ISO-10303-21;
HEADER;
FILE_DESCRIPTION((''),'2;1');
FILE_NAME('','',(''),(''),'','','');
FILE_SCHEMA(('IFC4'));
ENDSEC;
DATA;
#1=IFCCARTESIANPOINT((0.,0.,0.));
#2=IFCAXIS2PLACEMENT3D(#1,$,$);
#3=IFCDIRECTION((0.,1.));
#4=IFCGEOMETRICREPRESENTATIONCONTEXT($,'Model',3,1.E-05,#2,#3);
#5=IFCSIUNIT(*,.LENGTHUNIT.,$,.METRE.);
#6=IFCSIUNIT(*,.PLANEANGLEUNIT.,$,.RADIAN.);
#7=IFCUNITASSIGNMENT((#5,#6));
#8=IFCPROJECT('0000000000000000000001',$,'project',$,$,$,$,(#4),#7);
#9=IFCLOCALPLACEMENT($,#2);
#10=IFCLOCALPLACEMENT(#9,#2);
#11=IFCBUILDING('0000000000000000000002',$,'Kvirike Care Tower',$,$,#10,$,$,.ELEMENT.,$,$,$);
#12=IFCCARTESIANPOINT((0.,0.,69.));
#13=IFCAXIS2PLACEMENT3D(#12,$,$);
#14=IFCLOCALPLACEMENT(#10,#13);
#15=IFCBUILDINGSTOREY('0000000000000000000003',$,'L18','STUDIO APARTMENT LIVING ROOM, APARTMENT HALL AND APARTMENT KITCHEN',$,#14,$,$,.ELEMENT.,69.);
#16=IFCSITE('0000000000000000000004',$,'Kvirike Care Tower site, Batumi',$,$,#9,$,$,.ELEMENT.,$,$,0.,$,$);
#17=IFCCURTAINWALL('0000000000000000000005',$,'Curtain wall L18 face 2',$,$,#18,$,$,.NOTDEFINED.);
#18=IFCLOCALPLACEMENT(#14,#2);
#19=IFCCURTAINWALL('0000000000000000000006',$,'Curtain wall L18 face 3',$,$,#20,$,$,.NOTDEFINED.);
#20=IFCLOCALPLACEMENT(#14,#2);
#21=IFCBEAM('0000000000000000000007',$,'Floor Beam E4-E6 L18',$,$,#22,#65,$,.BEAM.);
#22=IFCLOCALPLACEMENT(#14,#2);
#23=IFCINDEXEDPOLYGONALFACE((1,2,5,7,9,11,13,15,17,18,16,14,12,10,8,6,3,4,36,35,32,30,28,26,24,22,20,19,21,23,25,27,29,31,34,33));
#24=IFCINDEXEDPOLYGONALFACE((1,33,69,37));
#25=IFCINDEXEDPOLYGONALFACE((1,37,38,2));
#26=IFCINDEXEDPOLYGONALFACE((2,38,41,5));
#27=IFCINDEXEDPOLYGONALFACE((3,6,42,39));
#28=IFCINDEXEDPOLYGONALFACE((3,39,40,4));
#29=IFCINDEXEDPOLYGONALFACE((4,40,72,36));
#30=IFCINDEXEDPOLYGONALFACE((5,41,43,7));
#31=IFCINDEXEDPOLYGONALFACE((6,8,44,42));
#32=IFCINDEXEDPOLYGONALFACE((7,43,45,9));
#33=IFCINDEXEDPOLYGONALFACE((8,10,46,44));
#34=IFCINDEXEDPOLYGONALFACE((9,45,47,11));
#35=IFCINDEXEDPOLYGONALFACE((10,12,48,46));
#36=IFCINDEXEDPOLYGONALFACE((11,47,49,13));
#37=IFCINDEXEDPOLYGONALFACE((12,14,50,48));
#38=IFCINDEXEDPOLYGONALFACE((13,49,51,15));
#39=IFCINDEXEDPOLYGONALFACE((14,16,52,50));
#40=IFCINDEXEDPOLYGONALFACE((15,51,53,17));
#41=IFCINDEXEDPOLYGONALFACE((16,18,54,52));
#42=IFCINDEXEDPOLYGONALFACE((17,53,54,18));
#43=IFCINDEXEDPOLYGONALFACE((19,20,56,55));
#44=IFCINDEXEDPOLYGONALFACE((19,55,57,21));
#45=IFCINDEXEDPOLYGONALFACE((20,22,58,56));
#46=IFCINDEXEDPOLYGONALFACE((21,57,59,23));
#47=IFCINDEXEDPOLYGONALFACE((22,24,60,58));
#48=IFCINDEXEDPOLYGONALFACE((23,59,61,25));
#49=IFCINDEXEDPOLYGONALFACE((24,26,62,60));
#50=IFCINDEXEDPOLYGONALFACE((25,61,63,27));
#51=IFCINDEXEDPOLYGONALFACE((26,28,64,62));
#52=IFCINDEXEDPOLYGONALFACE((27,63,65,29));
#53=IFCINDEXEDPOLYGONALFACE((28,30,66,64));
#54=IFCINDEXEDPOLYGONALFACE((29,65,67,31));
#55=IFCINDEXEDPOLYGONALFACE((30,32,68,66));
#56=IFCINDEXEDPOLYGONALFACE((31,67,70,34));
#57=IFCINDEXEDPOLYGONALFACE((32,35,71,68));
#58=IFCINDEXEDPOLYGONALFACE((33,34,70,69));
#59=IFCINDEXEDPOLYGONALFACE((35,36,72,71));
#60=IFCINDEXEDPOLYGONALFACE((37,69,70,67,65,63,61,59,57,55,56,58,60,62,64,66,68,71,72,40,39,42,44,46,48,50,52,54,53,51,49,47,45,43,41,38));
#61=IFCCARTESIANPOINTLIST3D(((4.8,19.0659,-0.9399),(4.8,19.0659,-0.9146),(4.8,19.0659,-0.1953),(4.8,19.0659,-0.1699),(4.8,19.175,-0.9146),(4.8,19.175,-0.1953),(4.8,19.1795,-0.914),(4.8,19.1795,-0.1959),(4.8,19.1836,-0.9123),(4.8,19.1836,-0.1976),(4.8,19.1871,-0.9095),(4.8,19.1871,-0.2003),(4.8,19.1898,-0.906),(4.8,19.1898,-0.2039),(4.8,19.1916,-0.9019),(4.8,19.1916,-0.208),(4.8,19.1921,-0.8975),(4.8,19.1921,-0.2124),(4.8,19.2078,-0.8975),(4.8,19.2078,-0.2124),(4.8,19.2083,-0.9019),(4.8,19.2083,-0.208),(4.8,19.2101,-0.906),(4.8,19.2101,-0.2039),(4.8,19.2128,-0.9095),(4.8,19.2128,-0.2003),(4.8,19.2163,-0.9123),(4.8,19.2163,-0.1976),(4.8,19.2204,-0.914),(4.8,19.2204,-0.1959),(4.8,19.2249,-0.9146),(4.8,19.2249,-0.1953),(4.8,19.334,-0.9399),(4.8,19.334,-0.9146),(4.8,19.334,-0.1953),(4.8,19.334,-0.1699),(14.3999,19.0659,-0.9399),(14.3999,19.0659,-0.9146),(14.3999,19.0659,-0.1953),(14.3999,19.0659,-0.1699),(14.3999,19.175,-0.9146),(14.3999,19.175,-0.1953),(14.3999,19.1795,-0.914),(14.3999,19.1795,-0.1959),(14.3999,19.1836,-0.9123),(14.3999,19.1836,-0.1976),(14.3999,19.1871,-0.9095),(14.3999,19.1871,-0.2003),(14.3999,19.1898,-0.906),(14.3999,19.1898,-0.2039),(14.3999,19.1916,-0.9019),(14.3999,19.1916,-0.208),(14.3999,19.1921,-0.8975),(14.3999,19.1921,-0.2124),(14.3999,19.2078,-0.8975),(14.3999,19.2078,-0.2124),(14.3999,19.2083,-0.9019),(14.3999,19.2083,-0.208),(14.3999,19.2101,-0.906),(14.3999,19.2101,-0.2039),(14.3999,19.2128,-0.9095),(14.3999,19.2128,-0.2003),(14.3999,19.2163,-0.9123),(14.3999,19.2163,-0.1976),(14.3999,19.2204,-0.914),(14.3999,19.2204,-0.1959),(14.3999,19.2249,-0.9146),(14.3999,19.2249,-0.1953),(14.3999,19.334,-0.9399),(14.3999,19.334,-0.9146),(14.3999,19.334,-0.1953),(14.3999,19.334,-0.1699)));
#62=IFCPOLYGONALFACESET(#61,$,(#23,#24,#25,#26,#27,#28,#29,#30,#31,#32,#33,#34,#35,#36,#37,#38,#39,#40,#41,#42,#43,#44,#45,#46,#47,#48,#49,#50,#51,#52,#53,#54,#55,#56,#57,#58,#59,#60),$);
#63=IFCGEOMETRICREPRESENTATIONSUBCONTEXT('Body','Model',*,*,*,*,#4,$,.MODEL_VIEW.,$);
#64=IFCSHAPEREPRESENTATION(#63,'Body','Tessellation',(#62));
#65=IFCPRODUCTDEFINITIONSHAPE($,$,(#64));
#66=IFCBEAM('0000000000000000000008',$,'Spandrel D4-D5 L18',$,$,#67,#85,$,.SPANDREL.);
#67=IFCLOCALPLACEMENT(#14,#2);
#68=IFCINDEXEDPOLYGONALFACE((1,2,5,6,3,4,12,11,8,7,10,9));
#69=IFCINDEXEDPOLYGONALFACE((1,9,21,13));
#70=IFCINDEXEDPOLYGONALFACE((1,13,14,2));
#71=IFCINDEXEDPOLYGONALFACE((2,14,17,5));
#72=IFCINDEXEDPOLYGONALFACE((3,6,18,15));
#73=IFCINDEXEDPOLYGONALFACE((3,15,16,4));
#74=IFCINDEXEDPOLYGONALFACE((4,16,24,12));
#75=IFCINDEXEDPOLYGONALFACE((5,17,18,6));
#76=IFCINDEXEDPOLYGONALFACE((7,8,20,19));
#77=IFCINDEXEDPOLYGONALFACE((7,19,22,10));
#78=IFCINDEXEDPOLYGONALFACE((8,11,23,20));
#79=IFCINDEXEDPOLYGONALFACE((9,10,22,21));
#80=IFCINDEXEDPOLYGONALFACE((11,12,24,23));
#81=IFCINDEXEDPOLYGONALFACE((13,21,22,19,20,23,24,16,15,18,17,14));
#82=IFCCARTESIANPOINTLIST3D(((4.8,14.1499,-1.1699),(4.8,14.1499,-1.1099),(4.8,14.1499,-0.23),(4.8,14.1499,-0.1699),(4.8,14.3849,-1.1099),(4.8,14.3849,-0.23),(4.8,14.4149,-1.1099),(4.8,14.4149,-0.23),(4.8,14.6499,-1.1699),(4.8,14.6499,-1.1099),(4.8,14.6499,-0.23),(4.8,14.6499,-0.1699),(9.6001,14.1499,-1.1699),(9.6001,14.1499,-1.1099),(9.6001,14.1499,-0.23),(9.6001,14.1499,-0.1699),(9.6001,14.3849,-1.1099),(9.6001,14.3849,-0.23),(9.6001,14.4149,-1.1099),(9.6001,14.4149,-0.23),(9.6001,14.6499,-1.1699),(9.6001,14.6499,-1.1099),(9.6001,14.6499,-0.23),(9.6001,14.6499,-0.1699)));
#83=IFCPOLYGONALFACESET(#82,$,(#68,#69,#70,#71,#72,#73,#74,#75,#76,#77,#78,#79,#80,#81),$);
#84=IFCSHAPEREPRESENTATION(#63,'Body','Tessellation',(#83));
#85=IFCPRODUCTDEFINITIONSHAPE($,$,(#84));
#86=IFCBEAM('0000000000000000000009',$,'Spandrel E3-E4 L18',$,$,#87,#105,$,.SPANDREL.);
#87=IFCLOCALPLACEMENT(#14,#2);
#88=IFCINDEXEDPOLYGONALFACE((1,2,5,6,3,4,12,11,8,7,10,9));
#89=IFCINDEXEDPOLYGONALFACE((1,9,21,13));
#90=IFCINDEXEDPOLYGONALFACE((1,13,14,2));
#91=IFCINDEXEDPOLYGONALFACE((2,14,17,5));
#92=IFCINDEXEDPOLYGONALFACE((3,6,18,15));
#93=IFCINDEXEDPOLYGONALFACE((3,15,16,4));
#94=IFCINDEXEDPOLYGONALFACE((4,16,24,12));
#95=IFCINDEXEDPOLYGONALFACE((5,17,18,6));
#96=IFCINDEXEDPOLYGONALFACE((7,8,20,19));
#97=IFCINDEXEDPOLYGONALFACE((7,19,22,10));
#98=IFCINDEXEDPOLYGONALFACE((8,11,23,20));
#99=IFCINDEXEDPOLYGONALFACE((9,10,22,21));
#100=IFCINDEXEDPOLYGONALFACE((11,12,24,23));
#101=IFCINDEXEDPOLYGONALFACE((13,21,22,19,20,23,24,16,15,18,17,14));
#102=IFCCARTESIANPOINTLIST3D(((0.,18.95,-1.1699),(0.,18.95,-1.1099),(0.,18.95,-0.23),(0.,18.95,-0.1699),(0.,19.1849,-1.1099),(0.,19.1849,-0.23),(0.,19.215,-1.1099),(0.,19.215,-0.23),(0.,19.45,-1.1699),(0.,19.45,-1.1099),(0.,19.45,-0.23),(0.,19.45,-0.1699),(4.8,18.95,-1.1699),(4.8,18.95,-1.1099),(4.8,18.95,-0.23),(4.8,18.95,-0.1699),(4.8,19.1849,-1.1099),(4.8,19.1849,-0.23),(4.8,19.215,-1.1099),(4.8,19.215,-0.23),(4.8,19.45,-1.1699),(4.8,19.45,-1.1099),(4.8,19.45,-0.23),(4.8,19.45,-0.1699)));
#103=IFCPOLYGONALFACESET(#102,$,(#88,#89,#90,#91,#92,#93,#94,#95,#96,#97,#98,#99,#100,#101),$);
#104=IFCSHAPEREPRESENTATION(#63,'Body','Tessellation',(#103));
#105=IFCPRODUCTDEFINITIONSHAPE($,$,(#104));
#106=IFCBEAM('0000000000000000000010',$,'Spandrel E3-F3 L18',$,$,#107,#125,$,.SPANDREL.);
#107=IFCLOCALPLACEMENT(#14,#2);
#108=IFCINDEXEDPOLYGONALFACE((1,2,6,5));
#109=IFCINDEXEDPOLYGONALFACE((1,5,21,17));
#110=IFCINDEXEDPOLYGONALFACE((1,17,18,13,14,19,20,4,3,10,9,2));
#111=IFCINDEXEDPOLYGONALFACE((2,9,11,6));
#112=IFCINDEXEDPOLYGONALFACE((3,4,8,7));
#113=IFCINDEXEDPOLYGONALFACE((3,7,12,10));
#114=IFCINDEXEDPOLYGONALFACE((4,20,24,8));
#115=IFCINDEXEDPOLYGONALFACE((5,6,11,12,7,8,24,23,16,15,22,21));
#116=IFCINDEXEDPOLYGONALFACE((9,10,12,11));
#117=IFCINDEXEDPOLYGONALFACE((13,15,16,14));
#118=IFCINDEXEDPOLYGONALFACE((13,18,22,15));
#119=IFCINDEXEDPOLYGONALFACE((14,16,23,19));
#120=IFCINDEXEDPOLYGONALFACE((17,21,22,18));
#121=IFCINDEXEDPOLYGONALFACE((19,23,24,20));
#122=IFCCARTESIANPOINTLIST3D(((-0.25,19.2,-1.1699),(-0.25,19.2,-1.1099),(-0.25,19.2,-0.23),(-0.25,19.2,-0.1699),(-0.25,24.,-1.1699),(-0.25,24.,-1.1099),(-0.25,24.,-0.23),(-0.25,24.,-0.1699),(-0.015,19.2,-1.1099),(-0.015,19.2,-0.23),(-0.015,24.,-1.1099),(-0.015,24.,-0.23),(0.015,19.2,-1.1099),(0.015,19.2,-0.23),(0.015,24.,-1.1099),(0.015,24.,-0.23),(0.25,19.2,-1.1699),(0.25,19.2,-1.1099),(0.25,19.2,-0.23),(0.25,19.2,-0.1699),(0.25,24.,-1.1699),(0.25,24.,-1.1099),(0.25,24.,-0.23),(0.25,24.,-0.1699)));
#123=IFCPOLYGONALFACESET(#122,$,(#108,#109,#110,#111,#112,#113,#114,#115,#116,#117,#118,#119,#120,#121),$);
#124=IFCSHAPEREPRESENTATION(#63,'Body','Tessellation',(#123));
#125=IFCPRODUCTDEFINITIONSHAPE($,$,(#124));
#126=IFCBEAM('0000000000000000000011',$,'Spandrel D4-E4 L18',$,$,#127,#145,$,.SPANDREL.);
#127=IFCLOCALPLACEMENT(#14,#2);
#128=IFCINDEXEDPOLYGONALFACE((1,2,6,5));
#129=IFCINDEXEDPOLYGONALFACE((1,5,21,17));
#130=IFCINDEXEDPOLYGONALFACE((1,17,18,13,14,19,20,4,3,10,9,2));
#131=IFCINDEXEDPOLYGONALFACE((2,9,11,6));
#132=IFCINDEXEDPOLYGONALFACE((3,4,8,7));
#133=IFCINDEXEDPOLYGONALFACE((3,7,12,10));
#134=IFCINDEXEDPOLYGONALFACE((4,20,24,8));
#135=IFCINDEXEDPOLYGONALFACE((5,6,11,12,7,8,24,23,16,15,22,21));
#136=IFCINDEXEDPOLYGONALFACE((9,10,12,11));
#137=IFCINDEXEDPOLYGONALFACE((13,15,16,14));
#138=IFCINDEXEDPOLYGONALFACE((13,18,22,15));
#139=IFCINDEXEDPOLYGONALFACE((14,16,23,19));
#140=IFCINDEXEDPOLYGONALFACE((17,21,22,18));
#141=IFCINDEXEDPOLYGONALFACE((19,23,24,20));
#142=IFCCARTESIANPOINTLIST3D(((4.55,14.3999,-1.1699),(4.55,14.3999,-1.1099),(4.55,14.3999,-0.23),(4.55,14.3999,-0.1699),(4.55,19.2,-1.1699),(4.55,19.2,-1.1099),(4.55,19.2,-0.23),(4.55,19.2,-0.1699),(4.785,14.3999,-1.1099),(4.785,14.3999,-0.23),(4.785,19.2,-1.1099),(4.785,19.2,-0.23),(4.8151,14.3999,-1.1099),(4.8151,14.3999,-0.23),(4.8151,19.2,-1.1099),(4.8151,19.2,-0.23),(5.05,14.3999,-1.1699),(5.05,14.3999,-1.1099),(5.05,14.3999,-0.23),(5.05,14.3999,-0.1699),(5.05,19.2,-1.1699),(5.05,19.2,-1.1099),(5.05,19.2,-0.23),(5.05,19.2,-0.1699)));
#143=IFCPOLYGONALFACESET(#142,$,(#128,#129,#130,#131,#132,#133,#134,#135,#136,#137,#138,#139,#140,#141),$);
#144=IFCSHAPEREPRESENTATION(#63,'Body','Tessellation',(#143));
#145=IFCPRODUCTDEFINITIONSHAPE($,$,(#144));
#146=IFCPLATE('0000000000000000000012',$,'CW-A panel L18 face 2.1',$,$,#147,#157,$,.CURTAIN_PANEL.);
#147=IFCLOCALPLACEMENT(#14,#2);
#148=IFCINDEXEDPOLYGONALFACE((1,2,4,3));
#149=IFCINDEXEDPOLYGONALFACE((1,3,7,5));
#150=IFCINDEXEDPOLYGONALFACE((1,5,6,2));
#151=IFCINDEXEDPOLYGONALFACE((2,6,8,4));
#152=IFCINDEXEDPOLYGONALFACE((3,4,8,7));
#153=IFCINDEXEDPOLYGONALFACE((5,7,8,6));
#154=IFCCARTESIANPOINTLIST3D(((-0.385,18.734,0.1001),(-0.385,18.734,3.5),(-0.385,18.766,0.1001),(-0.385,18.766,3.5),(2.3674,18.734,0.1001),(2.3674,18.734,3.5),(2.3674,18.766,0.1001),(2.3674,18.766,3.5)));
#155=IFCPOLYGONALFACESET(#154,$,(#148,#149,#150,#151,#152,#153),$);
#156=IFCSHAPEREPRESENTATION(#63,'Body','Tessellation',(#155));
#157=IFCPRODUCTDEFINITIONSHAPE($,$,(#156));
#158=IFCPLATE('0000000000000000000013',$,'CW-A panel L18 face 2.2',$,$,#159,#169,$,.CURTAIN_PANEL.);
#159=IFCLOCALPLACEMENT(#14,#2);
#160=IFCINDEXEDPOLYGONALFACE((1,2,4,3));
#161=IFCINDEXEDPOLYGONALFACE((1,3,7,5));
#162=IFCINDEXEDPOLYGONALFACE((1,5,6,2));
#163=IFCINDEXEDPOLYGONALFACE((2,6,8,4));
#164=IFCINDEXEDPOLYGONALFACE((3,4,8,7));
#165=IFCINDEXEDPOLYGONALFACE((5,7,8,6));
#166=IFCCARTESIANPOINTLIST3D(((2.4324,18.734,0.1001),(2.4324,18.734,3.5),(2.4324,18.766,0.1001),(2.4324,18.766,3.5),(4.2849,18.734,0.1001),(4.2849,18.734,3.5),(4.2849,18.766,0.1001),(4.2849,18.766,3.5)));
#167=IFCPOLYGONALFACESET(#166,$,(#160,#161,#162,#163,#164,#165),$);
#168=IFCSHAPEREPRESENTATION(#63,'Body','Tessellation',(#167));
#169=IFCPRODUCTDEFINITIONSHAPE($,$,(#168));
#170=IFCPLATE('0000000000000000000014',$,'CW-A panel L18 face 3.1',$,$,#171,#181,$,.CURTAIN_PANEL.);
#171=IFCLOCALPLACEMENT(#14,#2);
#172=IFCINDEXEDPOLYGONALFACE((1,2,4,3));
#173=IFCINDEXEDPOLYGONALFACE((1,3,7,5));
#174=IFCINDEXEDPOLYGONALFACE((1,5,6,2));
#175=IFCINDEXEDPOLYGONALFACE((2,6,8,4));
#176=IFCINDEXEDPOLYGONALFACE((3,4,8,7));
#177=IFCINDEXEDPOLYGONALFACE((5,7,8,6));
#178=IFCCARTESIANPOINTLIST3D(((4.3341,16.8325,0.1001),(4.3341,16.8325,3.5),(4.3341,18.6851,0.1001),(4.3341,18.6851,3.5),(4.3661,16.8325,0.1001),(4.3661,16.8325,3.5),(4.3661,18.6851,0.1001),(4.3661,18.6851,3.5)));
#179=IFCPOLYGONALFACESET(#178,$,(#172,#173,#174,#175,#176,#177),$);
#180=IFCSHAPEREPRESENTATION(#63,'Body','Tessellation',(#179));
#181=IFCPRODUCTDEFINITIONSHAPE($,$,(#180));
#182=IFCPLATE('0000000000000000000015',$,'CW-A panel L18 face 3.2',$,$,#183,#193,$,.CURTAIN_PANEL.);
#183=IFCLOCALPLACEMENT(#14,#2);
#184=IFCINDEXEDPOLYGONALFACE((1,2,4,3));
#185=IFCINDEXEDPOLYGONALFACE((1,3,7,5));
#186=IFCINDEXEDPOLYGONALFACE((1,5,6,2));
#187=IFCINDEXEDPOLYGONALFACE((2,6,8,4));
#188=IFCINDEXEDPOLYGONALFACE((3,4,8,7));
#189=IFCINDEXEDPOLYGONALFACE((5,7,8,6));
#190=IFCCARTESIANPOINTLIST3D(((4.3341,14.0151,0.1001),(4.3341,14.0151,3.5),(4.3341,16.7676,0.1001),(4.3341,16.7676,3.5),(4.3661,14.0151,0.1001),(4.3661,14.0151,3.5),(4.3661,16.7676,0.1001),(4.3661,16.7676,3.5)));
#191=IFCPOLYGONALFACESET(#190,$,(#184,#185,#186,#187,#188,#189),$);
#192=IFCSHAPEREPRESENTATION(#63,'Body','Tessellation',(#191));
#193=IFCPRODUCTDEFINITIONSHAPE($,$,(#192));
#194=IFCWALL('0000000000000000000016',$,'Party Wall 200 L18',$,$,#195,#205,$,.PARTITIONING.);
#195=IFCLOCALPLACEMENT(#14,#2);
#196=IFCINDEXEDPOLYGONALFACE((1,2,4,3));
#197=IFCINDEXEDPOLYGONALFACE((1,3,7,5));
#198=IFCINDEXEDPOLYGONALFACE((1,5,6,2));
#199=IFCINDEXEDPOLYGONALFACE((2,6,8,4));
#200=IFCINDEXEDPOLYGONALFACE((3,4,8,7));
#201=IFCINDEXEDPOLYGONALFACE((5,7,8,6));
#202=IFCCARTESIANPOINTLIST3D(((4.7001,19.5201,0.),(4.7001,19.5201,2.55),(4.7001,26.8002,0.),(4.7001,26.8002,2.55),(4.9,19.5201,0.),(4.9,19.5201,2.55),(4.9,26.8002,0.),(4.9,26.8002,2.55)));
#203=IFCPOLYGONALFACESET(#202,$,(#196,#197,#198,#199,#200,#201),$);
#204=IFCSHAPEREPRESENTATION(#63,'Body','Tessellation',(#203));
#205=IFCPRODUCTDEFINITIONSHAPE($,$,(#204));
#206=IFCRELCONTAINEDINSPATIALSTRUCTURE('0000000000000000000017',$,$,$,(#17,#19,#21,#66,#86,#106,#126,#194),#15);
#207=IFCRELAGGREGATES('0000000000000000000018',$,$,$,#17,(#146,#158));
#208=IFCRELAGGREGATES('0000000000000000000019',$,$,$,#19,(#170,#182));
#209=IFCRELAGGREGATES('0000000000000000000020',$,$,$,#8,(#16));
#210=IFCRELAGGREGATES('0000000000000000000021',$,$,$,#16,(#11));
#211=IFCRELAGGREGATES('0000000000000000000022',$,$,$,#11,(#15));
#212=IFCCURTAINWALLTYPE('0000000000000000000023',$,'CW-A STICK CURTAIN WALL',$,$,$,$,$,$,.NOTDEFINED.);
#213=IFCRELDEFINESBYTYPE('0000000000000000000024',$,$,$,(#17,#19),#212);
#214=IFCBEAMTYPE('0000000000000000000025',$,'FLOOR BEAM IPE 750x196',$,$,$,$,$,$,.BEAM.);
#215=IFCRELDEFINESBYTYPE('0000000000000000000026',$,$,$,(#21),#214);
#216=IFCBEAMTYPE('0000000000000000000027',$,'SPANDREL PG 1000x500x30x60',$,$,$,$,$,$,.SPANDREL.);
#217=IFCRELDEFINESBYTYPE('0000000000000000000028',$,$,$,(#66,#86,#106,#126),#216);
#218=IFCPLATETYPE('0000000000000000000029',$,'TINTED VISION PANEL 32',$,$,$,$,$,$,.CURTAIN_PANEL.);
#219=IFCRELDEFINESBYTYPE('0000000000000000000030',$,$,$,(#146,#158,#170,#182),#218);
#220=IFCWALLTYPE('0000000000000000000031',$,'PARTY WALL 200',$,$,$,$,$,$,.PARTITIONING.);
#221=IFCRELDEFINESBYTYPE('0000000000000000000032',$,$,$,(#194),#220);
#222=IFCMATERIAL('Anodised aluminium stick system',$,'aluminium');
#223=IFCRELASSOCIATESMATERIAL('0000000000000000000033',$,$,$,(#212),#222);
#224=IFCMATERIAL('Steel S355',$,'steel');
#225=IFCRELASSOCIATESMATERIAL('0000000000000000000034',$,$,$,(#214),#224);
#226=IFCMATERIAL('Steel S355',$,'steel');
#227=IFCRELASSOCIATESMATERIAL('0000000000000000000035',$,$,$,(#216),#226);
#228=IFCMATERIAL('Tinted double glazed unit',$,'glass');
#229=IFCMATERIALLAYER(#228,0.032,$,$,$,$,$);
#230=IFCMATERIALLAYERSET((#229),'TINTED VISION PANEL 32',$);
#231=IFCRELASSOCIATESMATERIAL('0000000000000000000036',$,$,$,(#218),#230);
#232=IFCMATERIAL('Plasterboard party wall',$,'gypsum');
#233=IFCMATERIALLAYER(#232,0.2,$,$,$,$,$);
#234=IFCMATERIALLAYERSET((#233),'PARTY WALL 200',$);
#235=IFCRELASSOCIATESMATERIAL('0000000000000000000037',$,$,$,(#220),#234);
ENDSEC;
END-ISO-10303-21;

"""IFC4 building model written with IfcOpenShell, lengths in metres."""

from ifc_helpers import new_model, si_unit, direction, frame, frame_2d, origin, origin_2d, place, context, subcontext, project, spatial, rectangle, i_section, extrude, material, layer, layer_set, material_profile, profile_set, type_object, element, aggregate, save


model = new_model("IFC4")

# Units and contexts
model_context = context("Model", 3, precision=1e-05, world=origin(), true_north=direction((0.0, 1.0)))
body_context = subcontext(model_context, "Body", "Model", "MODEL_VIEW")
ifc_project = project(units=[si_unit("LENGTHUNIT", "METRE"), si_unit("PLANEANGLEUNIT", "RADIAN")], contexts=[model_context])

# Site, building, storey
site_placement = place(None, origin())
site = spatial("IfcSite", under=ifc_project, at=site_placement, Name="Kvirike Care Tower site, Batumi", CompositionType="ELEMENT", RefElevation=0.0)
building_placement = place(site_placement, origin())
building = spatial("IfcBuilding", under=site, at=building_placement, Name="Kvirike Care Tower", CompositionType="ELEMENT")
storey_placement = place(building_placement, frame((0.0, 0.0, 69.0)))
storey = spatial("IfcBuildingStorey", under=building, at=storey_placement, Name="L18", Description="STUDIO APARTMENT LIVING ROOM, APARTMENT HALL AND APARTMENT KITCHEN", CompositionType="ELEMENT", Elevation=69.0)

# Shared definitions
ifc_material_1 = material(Name="Anodised aluminium stick system", Category="aluminium")
curtain_wall_type = type_object("IfcCurtainWallType", Name="CW-A STICK CURTAIN WALL", PredefinedType="NOTDEFINED", material=ifc_material_1)

# Curtain walls
curtain_wall_1_placement = place(storey_placement, origin())
curtain_wall_1 = element("IfcCurtainWall", 1, at=curtain_wall_1_placement, inside=storey, type_object=curtain_wall_type, Name="Curtain wall L18 face 2", PredefinedType="NOTDEFINED")
curtain_wall_2_placement = place(storey_placement, origin())
curtain_wall_2 = element("IfcCurtainWall", 2, at=curtain_wall_2_placement, inside=storey, type_object=curtain_wall_type, Name="Curtain wall L18 face 3", PredefinedType="NOTDEFINED")

# Beams
ifc_material_2 = material(Name="Steel S355", Category="steel")
ifc_material_profile_1 = material_profile(ifc_material_2, i_section(OverallWidth=0.2681, OverallDepth=0.77, WebThickness=0.0156, FlangeThickness=0.0254, FilletRadius=0.0171, at=origin_2d()), Name="IPE 750x196")
ifc_profile_set_1 = profile_set([ifc_material_profile_1], Name="Steel S355")
beam_type_1 = type_object("IfcBeamType", Name="FLOOR BEAM IPE 750x196", PredefinedType="BEAM", material=ifc_profile_set_1)
beam_placement = place(storey_placement, frame((4.8, 19.2, -0.5549), z_axis=(1.0, 0.0, 0.0), x_axis=(0.0, 1.0, 0.0)))
element("IfcBeam", 3, at=beam_placement, inside=storey, type_object=beam_type_1, Name="Floor Beam E4-E6 L18", PredefinedType="BEAM", context=body_context, shape_type="SweptSolid", body=[
    extrude(i_section(OverallWidth=0.2681, OverallDepth=0.77, WebThickness=0.0156, FlangeThickness=0.0254, FilletRadius=0.0171, at=origin_2d()), origin(), (0.0, 0.0, 1.0), 9.5999),
])
ifc_material_3 = material(Name="Steel S355", Category="steel")
ifc_material_profile_2 = material_profile(ifc_material_3, i_section(OverallWidth=0.5, OverallDepth=1.0, WebThickness=0.03, FlangeThickness=0.0601, at=origin_2d()), Name="PG 1000x500x30x60")
ifc_profile_set_2 = profile_set([ifc_material_profile_2], Name="Steel S355")
beam_type_2 = type_object("IfcBeamType", Name="SPANDREL PG 1000x500x30x60", PredefinedType="SPANDREL", material=ifc_profile_set_2)
for number, where, z_axis, x_axis, name in (
    (4, (4.8, 14.3999, -0.6699), (1.0, 0.0, 0.0), (0.0, 1.0, 0.0), "Spandrel D4-D5 L18"),
    (5, (0.0, 19.2, -0.6699), (1.0, 0.0, 0.0), (0.0, 1.0, 0.0), "Spandrel E3-E4 L18"),
    (6, (0.0, 19.2, -0.6699), (0.0, 1.0, 0.0), (-1.0, 0.0, 0.0), "Spandrel E3-F3 L18"),
    (7, (4.8, 14.3999, -0.6699), (0.0, 1.0, 0.0), (-1.0, 0.0, 0.0), "Spandrel D4-E4 L18"),
):
    element("IfcBeam", number, at=place(storey_placement, frame(where, z_axis=z_axis, x_axis=x_axis)), inside=storey, type_object=beam_type_2, Name=name, PredefinedType="SPANDREL", context=body_context, shape_type="SweptSolid", body=[
        extrude(i_section(OverallWidth=0.5, OverallDepth=1.0, WebThickness=0.03, FlangeThickness=0.0601, at=origin_2d()), origin(), (0.0, 0.0, 1.0), 4.8),
    ])

# Plates
ifc_material_4 = material(Name="Tinted double glazed unit", Category="glass")
ifc_layer_1 = layer(ifc_material_4, 0.032)
ifc_layer_set_1 = layer_set([ifc_layer_1], Name="TINTED VISION PANEL 32")
plate_type = type_object("IfcPlateType", Name="TINTED VISION PANEL 32", PredefinedType="CURTAIN_PANEL", material=ifc_layer_set_1)
plate_1_placement = place(storey_placement, frame((0.9912, 18.75, 0.1001), z_axis=(0.0, 0.0, 1.0), x_axis=(1.0, 0.0, 0.0)))
plate_1 = element("IfcPlate", 8, at=plate_1_placement, type_object=plate_type, Name="CW-A panel L18 face 2.1", PredefinedType="CURTAIN_PANEL", context=body_context, shape_type="SweptSolid", body=[
    extrude(rectangle(XDim=2.7524, YDim=0.032, at=origin_2d()), origin(), (0.0, 0.0, 1.0), 3.3999),
])
plate_2_placement = place(storey_placement, frame((3.3586, 18.75, 0.1001), z_axis=(0.0, 0.0, 1.0), x_axis=(1.0, 0.0, 0.0)))
plate_2 = element("IfcPlate", 9, at=plate_2_placement, type_object=plate_type, Name="CW-A panel L18 face 2.2", PredefinedType="CURTAIN_PANEL", context=body_context, shape_type="SweptSolid", body=[
    extrude(rectangle(XDim=1.8525, YDim=0.032, at=origin_2d()), origin(), (0.0, 0.0, 1.0), 3.3999),
])
aggregate(curtain_wall_1, [plate_1, plate_2])
plate_3_placement = place(storey_placement, frame((4.3501, 17.7588, 0.1001), z_axis=(0.0, 0.0, 1.0), x_axis=(0.0, -1.0, 0.0)))
plate_3 = element("IfcPlate", 10, at=plate_3_placement, type_object=plate_type, Name="CW-A panel L18 face 3.1", PredefinedType="CURTAIN_PANEL", context=body_context, shape_type="SweptSolid", body=[
    extrude(rectangle(XDim=1.8525, YDim=0.032, at=origin_2d()), origin(), (0.0, 0.0, 1.0), 3.3999),
])
plate_4_placement = place(storey_placement, frame((4.3501, 15.3914, 0.1001), z_axis=(0.0, 0.0, 1.0), x_axis=(0.0, -1.0, 0.0)))
plate_4 = element("IfcPlate", 11, at=plate_4_placement, type_object=plate_type, Name="CW-A panel L18 face 3.2", PredefinedType="CURTAIN_PANEL", context=body_context, shape_type="SweptSolid", body=[
    extrude(rectangle(XDim=2.7524, YDim=0.032, at=origin_2d()), origin(), (0.0, 0.0, 1.0), 3.3999),
])
aggregate(curtain_wall_2, [plate_3, plate_4])

# Wall
ifc_material_5 = material(Name="Plasterboard party wall", Category="gypsum")
ifc_layer_2 = layer(ifc_material_5, 0.2)
ifc_layer_set_2 = layer_set([ifc_layer_2], Name="PARTY WALL 200")
wall_type = type_object("IfcWallType", Name="PARTY WALL 200", PredefinedType="PARTITIONING", material=ifc_layer_set_2)
wall_placement = place(storey_placement, frame((4.8, 19.52, 0.0), z_axis=(0.0, 0.0, 1.0), x_axis=(0.0, 1.0, 0.0)))
element("IfcWall", 12, at=wall_placement, inside=storey, type_object=wall_type, Name="Party Wall 200 L18", PredefinedType="PARTITIONING", context=body_context, shape_type="SweptSolid", body=[
    extrude(rectangle(XDim=7.28, YDim=0.2, at=frame_2d((3.6401, 0.0))), origin(), (0.0, 0.0, 1.0), 2.55),
])

save(model, "model.ifc")
